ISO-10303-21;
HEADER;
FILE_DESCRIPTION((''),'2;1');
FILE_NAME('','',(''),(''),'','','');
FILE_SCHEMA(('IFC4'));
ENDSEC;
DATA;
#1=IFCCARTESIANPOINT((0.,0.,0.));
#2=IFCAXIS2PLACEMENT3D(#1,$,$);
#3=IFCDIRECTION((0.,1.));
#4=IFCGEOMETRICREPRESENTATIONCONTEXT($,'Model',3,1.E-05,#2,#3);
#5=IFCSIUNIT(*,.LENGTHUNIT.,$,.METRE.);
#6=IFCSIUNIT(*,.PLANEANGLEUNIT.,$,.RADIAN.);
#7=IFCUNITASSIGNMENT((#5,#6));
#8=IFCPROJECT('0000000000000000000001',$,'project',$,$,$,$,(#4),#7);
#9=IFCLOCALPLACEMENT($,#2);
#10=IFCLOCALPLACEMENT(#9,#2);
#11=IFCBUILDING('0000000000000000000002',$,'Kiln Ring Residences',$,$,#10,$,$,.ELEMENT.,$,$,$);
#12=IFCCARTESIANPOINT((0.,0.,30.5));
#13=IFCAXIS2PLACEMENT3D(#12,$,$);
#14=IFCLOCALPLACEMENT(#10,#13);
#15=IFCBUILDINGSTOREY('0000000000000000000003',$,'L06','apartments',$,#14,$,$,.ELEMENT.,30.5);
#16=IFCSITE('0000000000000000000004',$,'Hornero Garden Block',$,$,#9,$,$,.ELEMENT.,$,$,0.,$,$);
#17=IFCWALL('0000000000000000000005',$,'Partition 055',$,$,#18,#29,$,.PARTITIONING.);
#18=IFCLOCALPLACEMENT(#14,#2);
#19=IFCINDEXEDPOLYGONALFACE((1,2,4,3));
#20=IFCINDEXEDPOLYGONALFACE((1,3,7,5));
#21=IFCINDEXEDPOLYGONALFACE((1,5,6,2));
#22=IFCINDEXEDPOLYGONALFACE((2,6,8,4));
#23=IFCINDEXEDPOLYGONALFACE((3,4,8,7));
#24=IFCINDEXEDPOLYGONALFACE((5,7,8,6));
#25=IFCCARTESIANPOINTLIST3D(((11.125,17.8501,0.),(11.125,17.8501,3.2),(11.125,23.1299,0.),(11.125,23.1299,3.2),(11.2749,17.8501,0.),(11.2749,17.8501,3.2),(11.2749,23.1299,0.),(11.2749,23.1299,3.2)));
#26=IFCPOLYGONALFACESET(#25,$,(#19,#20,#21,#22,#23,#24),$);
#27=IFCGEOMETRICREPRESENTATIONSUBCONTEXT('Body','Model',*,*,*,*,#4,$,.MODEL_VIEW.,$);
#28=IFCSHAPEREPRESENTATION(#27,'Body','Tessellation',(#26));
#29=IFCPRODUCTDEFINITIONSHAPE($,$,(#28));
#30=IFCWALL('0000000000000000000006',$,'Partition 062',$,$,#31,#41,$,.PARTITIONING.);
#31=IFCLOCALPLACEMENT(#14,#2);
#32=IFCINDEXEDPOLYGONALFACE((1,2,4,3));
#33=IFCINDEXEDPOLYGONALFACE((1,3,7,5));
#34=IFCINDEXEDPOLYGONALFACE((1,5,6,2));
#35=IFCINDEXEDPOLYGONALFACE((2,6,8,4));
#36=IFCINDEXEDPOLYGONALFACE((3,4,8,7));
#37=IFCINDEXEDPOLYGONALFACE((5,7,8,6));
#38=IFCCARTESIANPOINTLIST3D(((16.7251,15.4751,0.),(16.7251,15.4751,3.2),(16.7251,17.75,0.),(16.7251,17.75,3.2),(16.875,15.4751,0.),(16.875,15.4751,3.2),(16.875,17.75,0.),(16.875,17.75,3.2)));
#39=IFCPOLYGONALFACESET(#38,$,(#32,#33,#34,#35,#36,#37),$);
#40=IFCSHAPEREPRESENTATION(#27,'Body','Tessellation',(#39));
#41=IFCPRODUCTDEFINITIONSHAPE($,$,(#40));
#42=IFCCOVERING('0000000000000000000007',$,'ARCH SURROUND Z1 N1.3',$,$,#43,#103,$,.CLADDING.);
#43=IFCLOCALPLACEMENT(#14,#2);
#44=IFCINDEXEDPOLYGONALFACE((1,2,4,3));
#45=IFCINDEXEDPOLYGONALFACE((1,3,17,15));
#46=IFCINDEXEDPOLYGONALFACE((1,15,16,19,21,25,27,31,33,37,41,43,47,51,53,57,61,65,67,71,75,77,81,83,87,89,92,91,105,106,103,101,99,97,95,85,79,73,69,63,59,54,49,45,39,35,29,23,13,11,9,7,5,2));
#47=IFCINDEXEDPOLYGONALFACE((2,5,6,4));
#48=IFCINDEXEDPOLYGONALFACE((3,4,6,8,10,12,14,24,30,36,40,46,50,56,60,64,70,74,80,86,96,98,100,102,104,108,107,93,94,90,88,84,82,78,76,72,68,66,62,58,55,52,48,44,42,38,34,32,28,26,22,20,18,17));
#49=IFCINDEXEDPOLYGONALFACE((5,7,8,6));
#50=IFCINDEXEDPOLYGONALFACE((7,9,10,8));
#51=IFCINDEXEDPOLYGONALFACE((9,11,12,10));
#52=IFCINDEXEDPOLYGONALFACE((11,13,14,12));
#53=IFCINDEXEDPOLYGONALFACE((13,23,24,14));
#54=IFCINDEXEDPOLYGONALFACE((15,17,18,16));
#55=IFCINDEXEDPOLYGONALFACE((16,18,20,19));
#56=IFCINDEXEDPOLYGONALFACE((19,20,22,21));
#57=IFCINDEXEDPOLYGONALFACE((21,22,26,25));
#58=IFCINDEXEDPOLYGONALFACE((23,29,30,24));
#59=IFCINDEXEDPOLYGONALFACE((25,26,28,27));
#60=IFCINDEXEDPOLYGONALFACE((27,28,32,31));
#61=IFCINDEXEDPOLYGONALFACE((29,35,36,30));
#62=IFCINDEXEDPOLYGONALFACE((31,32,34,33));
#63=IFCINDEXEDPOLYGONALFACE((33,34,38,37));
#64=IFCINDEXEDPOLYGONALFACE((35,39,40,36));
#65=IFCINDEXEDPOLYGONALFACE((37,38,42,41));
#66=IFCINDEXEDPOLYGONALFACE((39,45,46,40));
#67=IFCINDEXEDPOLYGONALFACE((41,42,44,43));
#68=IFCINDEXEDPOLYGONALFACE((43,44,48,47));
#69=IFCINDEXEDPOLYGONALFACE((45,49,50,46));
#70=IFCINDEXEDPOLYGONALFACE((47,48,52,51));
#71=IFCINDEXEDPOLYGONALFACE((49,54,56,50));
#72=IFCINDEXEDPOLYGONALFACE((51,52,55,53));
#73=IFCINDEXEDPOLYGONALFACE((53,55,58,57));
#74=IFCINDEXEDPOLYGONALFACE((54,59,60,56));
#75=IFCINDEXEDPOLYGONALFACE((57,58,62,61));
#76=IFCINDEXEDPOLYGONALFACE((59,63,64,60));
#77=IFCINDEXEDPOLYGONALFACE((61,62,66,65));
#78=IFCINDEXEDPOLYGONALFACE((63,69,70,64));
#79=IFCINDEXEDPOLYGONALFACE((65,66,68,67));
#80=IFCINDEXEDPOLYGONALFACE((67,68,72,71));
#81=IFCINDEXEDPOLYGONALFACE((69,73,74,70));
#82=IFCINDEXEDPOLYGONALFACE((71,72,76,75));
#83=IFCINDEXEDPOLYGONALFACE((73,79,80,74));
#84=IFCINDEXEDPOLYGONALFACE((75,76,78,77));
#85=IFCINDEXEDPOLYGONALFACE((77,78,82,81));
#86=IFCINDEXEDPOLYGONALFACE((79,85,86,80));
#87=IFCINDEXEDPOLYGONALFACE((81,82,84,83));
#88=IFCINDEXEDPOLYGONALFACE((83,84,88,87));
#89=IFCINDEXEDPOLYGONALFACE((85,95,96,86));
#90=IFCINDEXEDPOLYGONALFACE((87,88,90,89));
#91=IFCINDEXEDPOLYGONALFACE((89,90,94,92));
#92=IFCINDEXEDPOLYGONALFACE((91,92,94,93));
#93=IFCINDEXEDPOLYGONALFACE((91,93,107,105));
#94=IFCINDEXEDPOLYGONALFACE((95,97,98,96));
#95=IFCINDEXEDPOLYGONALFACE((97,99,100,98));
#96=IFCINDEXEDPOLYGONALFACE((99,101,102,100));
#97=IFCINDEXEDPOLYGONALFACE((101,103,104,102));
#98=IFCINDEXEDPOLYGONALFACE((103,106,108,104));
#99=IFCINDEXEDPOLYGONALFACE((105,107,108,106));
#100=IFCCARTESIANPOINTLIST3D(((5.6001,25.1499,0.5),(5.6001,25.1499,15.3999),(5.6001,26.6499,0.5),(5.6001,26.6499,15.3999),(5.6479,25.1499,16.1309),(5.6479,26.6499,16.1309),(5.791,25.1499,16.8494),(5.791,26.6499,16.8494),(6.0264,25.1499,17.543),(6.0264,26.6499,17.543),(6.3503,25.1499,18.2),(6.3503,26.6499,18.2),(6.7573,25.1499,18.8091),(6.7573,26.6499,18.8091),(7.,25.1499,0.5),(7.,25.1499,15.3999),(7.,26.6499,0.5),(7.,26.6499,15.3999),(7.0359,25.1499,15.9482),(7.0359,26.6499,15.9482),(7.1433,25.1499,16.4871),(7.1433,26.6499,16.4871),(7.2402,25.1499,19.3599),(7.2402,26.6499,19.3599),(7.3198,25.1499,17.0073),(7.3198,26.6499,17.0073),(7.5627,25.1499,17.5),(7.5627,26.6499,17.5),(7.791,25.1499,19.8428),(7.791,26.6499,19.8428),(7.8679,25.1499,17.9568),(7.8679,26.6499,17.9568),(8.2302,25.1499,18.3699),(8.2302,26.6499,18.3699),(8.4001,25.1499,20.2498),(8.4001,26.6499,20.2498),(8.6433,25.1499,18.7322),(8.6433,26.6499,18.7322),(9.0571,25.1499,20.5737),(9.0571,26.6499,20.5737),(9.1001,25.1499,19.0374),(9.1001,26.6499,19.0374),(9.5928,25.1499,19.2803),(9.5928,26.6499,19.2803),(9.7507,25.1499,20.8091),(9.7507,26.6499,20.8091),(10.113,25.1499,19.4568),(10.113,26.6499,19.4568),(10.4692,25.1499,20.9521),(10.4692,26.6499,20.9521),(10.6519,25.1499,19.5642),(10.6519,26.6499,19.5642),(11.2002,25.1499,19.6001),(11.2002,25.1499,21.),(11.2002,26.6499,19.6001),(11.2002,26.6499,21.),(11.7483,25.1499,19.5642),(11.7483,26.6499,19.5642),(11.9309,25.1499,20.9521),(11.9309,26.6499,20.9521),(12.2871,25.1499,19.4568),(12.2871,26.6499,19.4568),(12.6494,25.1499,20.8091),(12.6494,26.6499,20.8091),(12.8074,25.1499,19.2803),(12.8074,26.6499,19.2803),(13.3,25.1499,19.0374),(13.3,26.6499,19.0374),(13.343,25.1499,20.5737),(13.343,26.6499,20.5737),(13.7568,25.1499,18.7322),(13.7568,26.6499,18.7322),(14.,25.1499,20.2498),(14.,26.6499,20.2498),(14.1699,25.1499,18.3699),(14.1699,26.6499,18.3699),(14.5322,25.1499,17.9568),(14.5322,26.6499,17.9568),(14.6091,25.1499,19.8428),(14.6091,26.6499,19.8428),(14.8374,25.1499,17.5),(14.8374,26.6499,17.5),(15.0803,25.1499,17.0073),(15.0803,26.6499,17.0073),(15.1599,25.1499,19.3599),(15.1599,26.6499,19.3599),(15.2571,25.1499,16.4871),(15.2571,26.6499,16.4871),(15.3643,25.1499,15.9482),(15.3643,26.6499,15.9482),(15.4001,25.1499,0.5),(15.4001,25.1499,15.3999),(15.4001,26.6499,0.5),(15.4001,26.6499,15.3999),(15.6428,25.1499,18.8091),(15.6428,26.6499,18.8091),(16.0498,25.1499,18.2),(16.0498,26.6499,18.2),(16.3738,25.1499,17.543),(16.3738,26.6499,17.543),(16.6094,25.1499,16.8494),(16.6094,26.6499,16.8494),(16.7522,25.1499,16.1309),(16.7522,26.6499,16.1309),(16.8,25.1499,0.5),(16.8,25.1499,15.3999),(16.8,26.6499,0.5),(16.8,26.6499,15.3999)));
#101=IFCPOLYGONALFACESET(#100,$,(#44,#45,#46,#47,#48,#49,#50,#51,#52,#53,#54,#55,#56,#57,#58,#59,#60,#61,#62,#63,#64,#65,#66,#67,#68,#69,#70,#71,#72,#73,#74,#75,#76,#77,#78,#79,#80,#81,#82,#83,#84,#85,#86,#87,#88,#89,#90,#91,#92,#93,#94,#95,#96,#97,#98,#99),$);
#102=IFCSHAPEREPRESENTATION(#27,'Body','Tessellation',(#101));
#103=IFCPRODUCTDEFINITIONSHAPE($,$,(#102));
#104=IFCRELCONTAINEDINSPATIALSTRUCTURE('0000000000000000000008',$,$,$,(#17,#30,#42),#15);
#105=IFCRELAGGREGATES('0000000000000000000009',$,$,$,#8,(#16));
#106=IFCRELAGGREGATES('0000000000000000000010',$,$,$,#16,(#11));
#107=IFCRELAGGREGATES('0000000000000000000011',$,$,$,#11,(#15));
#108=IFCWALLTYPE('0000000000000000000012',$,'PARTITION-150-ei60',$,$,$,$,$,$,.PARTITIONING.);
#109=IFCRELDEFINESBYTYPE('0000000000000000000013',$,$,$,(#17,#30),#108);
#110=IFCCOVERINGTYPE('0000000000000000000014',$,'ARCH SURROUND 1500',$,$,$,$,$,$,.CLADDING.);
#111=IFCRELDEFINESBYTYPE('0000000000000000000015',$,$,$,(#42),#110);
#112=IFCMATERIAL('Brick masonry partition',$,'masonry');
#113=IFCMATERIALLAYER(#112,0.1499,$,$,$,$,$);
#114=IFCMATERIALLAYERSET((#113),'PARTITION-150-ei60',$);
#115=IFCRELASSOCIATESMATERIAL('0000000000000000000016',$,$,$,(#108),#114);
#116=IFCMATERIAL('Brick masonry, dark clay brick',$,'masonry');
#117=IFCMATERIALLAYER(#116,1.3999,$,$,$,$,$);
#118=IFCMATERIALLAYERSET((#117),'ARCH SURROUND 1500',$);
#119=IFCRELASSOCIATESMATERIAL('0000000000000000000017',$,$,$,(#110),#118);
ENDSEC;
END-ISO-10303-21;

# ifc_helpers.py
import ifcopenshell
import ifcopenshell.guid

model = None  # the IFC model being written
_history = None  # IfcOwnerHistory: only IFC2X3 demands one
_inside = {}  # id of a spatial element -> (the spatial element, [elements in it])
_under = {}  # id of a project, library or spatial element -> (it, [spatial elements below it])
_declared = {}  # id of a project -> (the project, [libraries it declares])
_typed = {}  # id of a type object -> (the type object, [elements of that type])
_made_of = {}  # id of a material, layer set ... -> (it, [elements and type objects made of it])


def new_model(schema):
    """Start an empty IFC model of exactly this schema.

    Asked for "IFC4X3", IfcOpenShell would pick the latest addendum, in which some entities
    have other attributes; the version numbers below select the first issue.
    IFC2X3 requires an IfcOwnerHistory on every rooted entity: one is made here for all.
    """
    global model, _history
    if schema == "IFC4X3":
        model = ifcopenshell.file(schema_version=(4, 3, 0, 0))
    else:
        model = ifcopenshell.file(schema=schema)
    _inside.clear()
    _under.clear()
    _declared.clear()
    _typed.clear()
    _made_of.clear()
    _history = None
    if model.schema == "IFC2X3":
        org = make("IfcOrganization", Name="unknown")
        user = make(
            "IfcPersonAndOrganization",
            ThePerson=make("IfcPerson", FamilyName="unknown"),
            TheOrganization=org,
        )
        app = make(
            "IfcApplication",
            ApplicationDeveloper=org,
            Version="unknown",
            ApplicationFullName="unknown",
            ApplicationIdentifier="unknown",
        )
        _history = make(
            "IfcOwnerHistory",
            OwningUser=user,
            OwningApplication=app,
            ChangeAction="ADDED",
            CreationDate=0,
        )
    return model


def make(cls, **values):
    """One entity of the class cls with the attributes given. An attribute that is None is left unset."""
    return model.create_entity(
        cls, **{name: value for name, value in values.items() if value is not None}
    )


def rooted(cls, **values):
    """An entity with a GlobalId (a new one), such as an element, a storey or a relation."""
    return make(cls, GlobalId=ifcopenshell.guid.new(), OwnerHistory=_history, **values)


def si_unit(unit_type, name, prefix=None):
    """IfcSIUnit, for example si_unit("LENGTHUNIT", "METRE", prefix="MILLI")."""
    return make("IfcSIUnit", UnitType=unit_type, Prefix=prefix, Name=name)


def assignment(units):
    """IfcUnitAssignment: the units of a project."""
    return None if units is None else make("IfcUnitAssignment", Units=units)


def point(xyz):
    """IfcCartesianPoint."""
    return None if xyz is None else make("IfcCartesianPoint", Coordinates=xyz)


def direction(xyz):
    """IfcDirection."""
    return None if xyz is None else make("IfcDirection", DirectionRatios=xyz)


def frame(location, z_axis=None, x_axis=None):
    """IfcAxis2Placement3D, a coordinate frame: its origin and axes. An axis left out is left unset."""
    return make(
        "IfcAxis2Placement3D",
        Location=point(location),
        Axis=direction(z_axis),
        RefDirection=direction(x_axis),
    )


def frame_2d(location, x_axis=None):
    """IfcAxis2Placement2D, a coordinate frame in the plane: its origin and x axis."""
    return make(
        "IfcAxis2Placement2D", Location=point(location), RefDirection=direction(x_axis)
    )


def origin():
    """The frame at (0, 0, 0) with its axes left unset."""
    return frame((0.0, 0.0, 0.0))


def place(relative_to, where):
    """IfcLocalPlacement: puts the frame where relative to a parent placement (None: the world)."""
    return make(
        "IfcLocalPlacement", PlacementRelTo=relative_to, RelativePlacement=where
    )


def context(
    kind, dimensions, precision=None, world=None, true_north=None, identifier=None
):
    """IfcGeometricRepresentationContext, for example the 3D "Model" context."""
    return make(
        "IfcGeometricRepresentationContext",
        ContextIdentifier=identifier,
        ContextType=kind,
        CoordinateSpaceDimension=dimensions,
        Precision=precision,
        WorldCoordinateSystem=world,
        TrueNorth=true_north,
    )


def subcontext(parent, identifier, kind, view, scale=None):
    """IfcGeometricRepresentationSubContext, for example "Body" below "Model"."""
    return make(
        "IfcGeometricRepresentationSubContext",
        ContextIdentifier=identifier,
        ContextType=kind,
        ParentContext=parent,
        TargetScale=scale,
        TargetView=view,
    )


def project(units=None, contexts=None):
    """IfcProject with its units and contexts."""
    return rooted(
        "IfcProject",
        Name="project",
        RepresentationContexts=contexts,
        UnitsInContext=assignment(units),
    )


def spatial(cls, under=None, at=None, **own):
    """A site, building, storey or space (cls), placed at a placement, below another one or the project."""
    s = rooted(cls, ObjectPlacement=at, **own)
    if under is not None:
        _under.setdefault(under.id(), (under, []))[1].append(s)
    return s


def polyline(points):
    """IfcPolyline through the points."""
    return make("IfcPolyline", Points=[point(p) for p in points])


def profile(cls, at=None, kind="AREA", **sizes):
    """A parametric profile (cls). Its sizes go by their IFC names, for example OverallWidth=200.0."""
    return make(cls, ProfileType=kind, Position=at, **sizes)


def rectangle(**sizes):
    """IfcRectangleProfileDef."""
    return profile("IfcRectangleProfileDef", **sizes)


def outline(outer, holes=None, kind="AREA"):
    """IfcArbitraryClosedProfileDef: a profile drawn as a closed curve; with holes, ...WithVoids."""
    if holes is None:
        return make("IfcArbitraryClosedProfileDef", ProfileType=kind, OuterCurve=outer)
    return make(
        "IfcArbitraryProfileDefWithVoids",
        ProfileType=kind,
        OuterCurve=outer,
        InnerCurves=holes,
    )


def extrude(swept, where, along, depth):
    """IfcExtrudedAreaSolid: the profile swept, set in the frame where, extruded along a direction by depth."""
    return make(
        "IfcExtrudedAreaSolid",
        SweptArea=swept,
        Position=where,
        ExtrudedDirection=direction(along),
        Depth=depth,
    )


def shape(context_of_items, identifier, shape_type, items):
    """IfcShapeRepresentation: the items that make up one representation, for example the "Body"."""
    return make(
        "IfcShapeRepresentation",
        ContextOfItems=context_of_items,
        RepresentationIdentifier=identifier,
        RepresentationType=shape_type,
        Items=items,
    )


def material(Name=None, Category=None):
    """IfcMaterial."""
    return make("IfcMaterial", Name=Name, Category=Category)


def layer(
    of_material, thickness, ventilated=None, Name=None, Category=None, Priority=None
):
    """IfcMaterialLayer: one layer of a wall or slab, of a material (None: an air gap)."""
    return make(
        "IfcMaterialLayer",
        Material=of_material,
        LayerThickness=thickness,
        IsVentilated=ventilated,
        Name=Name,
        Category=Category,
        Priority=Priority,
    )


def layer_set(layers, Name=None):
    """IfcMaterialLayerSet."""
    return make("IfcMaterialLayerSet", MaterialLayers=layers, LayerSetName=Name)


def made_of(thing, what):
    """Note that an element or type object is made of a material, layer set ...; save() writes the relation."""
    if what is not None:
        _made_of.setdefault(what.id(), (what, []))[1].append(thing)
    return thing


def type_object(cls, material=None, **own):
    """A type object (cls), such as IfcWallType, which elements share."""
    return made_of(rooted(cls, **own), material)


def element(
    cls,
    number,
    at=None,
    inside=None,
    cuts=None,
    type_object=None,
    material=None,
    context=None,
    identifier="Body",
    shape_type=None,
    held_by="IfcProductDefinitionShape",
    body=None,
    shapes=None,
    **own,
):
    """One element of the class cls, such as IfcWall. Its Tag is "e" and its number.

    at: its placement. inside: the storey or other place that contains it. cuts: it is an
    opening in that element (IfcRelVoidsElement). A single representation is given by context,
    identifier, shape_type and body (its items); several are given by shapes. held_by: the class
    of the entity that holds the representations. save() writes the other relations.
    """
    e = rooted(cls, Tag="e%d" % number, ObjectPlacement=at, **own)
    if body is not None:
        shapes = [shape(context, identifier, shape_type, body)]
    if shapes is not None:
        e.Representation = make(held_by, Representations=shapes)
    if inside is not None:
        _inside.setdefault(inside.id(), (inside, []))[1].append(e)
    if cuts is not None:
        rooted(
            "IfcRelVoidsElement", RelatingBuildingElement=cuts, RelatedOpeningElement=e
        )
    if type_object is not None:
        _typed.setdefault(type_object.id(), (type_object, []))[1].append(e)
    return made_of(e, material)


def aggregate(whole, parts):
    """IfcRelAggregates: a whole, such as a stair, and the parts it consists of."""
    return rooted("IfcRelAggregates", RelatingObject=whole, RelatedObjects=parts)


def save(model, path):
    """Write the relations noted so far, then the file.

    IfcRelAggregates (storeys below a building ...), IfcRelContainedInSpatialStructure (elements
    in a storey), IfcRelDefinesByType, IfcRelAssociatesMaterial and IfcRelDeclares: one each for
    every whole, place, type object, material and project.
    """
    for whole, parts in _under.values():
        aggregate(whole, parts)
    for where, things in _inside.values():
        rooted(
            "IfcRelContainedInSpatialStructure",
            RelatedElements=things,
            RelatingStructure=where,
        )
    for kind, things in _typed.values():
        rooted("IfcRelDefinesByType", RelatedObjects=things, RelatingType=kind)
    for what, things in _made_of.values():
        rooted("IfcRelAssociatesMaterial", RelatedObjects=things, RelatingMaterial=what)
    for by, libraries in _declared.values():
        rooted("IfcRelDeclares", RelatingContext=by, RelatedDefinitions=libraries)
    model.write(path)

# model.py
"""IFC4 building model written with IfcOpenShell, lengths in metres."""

from ifc_helpers import new_model, si_unit, direction, frame, frame_2d, origin, place, context, subcontext, project, spatial, polyline, rectangle, outline, extrude, material, layer, layer_set, type_object, element, save


model = new_model("IFC4")

# Units and contexts
model_context = context("Model", 3, precision=1e-05, world=origin(), true_north=direction((0.0, 1.0)))
body_context = subcontext(model_context, "Body", "Model", "MODEL_VIEW")
ifc_project = project(units=[si_unit("LENGTHUNIT", "METRE"), si_unit("PLANEANGLEUNIT", "RADIAN")], contexts=[model_context])

# Site, building, storey
site_placement = place(None, origin())
site = spatial("IfcSite", under=ifc_project, at=site_placement, Name="Hornero Garden Block", CompositionType="ELEMENT", RefElevation=0.0)
building_placement = place(site_placement, origin())
building = spatial("IfcBuilding", under=site, at=building_placement, Name="Kiln Ring Residences", CompositionType="ELEMENT")
storey_placement = place(building_placement, frame((0.0, 0.0, 30.5)))
storey = spatial("IfcBuildingStorey", under=building, at=storey_placement, Name="L06", Description="apartments", CompositionType="ELEMENT", Elevation=30.5)

# Walls
ifc_material_1 = material(Name="Brick masonry partition", Category="masonry")
ifc_layer_1 = layer(ifc_material_1, 0.1499)
ifc_layer_set_1 = layer_set([ifc_layer_1], Name="PARTITION-150-ei60")
wall_type_1 = type_object("IfcWallType", Name="PARTITION-150-ei60", PredefinedType="PARTITIONING", material=ifc_layer_set_1)
wall_1_placement = place(storey_placement, frame((11.2, 17.8501, 0.0), z_axis=(0.0, 0.0, 1.0), x_axis=(0.0, 1.0, 0.0)))
element("IfcWall", 1, at=wall_1_placement, inside=storey, type_object=wall_type_1, Name="Partition 055", PredefinedType="PARTITIONING", context=body_context, shape_type="SweptSolid", body=[
    extrude(rectangle(XDim=5.2798, YDim=0.1499, at=frame_2d((2.6399, 0.0))), origin(), (0.0, 0.0, 1.0), 3.2),
])
wall_2_placement = place(storey_placement, frame((16.8, 15.4751, 0.0), z_axis=(0.0, 0.0, 1.0), x_axis=(0.0, 1.0, 0.0)))
element("IfcWall", 2, at=wall_2_placement, inside=storey, type_object=wall_type_1, Name="Partition 062", PredefinedType="PARTITIONING", context=body_context, shape_type="SweptSolid", body=[
    extrude(rectangle(XDim=2.2749, YDim=0.1499, at=frame_2d((1.1375, 0.0))), origin(), (0.0, 0.0, 1.0), 3.2),
])

# Covering
ifc_material_2 = material(Name="Brick masonry, dark clay brick", Category="masonry")
ifc_layer_2 = layer(ifc_material_2, 1.3999)
ifc_layer_set_2 = layer_set([ifc_layer_2], Name="ARCH SURROUND 1500")
covering_type = type_object("IfcCoveringType", Name="ARCH SURROUND 1500", PredefinedType="CLADDING", material=ifc_layer_set_2)
covering_placement = place(storey_placement, frame((5.6001, 25.8999, 0.5), z_axis=(0.0, 0.0, 1.0), x_axis=(1.0, 0.0, 0.0)))
element("IfcCovering", 3, at=covering_placement, inside=storey, type_object=covering_type, Name="ARCH SURROUND Z1 N1.3", PredefinedType="CLADDING", context=body_context, shape_type="SweptSolid", body=[
    extrude(outline(polyline([(0.0, 0.0), (0.0, 14.8999), (0.0479, 15.6309), (0.1909, 16.3494), (0.4263, 17.043), (0.7502, 17.7), (1.1572, 18.3091), (1.6401, 18.8599), (2.1909, 19.3428), (2.8, 19.7498), (3.457, 20.0737), (4.1506, 20.3091), (4.8691, 20.4521), (5.6001, 20.5), (6.3308, 20.4521), (7.0493, 20.3091), (7.7429, 20.0737), (8.3999, 19.7498), (9.009, 19.3428), (9.5598, 18.8599), (10.0427, 18.3091), (10.4497, 17.7), (10.7737, 17.043), (11.0093, 16.3494), (11.1521, 15.6309), (11.2, 14.8999), (11.2, 0.0), (9.8, 0.0), (9.8, 14.8999), (9.7642, 15.4482), (9.657, 15.9871), (9.4802, 16.5073), (9.2373, 17.0), (8.9321, 17.4568), (8.5698, 17.8699), (8.1567, 18.2322), (7.7, 18.5374), (7.2073, 18.7803), (6.687, 18.9568), (6.1482, 19.0642), (5.6001, 19.1001), (5.0518, 19.0642), (4.5129, 18.9568), (3.9927, 18.7803), (3.5, 18.5374), (3.0432, 18.2322), (2.6301, 17.8699), (2.2678, 17.4568), (1.9626, 17.0), (1.7197, 16.5073), (1.5432, 15.9871), (1.4358, 15.4482), (1.3999, 14.8999), (1.3999, 0.0), (0.0, 0.0)])), frame((0.0, 0.75, 0.0), z_axis=(0.0, -1.0, 0.0), x_axis=(1.0, 0.0, 0.0)), (0.0, 0.0, 1.0), 1.5),
])

save(model, "model.ifc")
